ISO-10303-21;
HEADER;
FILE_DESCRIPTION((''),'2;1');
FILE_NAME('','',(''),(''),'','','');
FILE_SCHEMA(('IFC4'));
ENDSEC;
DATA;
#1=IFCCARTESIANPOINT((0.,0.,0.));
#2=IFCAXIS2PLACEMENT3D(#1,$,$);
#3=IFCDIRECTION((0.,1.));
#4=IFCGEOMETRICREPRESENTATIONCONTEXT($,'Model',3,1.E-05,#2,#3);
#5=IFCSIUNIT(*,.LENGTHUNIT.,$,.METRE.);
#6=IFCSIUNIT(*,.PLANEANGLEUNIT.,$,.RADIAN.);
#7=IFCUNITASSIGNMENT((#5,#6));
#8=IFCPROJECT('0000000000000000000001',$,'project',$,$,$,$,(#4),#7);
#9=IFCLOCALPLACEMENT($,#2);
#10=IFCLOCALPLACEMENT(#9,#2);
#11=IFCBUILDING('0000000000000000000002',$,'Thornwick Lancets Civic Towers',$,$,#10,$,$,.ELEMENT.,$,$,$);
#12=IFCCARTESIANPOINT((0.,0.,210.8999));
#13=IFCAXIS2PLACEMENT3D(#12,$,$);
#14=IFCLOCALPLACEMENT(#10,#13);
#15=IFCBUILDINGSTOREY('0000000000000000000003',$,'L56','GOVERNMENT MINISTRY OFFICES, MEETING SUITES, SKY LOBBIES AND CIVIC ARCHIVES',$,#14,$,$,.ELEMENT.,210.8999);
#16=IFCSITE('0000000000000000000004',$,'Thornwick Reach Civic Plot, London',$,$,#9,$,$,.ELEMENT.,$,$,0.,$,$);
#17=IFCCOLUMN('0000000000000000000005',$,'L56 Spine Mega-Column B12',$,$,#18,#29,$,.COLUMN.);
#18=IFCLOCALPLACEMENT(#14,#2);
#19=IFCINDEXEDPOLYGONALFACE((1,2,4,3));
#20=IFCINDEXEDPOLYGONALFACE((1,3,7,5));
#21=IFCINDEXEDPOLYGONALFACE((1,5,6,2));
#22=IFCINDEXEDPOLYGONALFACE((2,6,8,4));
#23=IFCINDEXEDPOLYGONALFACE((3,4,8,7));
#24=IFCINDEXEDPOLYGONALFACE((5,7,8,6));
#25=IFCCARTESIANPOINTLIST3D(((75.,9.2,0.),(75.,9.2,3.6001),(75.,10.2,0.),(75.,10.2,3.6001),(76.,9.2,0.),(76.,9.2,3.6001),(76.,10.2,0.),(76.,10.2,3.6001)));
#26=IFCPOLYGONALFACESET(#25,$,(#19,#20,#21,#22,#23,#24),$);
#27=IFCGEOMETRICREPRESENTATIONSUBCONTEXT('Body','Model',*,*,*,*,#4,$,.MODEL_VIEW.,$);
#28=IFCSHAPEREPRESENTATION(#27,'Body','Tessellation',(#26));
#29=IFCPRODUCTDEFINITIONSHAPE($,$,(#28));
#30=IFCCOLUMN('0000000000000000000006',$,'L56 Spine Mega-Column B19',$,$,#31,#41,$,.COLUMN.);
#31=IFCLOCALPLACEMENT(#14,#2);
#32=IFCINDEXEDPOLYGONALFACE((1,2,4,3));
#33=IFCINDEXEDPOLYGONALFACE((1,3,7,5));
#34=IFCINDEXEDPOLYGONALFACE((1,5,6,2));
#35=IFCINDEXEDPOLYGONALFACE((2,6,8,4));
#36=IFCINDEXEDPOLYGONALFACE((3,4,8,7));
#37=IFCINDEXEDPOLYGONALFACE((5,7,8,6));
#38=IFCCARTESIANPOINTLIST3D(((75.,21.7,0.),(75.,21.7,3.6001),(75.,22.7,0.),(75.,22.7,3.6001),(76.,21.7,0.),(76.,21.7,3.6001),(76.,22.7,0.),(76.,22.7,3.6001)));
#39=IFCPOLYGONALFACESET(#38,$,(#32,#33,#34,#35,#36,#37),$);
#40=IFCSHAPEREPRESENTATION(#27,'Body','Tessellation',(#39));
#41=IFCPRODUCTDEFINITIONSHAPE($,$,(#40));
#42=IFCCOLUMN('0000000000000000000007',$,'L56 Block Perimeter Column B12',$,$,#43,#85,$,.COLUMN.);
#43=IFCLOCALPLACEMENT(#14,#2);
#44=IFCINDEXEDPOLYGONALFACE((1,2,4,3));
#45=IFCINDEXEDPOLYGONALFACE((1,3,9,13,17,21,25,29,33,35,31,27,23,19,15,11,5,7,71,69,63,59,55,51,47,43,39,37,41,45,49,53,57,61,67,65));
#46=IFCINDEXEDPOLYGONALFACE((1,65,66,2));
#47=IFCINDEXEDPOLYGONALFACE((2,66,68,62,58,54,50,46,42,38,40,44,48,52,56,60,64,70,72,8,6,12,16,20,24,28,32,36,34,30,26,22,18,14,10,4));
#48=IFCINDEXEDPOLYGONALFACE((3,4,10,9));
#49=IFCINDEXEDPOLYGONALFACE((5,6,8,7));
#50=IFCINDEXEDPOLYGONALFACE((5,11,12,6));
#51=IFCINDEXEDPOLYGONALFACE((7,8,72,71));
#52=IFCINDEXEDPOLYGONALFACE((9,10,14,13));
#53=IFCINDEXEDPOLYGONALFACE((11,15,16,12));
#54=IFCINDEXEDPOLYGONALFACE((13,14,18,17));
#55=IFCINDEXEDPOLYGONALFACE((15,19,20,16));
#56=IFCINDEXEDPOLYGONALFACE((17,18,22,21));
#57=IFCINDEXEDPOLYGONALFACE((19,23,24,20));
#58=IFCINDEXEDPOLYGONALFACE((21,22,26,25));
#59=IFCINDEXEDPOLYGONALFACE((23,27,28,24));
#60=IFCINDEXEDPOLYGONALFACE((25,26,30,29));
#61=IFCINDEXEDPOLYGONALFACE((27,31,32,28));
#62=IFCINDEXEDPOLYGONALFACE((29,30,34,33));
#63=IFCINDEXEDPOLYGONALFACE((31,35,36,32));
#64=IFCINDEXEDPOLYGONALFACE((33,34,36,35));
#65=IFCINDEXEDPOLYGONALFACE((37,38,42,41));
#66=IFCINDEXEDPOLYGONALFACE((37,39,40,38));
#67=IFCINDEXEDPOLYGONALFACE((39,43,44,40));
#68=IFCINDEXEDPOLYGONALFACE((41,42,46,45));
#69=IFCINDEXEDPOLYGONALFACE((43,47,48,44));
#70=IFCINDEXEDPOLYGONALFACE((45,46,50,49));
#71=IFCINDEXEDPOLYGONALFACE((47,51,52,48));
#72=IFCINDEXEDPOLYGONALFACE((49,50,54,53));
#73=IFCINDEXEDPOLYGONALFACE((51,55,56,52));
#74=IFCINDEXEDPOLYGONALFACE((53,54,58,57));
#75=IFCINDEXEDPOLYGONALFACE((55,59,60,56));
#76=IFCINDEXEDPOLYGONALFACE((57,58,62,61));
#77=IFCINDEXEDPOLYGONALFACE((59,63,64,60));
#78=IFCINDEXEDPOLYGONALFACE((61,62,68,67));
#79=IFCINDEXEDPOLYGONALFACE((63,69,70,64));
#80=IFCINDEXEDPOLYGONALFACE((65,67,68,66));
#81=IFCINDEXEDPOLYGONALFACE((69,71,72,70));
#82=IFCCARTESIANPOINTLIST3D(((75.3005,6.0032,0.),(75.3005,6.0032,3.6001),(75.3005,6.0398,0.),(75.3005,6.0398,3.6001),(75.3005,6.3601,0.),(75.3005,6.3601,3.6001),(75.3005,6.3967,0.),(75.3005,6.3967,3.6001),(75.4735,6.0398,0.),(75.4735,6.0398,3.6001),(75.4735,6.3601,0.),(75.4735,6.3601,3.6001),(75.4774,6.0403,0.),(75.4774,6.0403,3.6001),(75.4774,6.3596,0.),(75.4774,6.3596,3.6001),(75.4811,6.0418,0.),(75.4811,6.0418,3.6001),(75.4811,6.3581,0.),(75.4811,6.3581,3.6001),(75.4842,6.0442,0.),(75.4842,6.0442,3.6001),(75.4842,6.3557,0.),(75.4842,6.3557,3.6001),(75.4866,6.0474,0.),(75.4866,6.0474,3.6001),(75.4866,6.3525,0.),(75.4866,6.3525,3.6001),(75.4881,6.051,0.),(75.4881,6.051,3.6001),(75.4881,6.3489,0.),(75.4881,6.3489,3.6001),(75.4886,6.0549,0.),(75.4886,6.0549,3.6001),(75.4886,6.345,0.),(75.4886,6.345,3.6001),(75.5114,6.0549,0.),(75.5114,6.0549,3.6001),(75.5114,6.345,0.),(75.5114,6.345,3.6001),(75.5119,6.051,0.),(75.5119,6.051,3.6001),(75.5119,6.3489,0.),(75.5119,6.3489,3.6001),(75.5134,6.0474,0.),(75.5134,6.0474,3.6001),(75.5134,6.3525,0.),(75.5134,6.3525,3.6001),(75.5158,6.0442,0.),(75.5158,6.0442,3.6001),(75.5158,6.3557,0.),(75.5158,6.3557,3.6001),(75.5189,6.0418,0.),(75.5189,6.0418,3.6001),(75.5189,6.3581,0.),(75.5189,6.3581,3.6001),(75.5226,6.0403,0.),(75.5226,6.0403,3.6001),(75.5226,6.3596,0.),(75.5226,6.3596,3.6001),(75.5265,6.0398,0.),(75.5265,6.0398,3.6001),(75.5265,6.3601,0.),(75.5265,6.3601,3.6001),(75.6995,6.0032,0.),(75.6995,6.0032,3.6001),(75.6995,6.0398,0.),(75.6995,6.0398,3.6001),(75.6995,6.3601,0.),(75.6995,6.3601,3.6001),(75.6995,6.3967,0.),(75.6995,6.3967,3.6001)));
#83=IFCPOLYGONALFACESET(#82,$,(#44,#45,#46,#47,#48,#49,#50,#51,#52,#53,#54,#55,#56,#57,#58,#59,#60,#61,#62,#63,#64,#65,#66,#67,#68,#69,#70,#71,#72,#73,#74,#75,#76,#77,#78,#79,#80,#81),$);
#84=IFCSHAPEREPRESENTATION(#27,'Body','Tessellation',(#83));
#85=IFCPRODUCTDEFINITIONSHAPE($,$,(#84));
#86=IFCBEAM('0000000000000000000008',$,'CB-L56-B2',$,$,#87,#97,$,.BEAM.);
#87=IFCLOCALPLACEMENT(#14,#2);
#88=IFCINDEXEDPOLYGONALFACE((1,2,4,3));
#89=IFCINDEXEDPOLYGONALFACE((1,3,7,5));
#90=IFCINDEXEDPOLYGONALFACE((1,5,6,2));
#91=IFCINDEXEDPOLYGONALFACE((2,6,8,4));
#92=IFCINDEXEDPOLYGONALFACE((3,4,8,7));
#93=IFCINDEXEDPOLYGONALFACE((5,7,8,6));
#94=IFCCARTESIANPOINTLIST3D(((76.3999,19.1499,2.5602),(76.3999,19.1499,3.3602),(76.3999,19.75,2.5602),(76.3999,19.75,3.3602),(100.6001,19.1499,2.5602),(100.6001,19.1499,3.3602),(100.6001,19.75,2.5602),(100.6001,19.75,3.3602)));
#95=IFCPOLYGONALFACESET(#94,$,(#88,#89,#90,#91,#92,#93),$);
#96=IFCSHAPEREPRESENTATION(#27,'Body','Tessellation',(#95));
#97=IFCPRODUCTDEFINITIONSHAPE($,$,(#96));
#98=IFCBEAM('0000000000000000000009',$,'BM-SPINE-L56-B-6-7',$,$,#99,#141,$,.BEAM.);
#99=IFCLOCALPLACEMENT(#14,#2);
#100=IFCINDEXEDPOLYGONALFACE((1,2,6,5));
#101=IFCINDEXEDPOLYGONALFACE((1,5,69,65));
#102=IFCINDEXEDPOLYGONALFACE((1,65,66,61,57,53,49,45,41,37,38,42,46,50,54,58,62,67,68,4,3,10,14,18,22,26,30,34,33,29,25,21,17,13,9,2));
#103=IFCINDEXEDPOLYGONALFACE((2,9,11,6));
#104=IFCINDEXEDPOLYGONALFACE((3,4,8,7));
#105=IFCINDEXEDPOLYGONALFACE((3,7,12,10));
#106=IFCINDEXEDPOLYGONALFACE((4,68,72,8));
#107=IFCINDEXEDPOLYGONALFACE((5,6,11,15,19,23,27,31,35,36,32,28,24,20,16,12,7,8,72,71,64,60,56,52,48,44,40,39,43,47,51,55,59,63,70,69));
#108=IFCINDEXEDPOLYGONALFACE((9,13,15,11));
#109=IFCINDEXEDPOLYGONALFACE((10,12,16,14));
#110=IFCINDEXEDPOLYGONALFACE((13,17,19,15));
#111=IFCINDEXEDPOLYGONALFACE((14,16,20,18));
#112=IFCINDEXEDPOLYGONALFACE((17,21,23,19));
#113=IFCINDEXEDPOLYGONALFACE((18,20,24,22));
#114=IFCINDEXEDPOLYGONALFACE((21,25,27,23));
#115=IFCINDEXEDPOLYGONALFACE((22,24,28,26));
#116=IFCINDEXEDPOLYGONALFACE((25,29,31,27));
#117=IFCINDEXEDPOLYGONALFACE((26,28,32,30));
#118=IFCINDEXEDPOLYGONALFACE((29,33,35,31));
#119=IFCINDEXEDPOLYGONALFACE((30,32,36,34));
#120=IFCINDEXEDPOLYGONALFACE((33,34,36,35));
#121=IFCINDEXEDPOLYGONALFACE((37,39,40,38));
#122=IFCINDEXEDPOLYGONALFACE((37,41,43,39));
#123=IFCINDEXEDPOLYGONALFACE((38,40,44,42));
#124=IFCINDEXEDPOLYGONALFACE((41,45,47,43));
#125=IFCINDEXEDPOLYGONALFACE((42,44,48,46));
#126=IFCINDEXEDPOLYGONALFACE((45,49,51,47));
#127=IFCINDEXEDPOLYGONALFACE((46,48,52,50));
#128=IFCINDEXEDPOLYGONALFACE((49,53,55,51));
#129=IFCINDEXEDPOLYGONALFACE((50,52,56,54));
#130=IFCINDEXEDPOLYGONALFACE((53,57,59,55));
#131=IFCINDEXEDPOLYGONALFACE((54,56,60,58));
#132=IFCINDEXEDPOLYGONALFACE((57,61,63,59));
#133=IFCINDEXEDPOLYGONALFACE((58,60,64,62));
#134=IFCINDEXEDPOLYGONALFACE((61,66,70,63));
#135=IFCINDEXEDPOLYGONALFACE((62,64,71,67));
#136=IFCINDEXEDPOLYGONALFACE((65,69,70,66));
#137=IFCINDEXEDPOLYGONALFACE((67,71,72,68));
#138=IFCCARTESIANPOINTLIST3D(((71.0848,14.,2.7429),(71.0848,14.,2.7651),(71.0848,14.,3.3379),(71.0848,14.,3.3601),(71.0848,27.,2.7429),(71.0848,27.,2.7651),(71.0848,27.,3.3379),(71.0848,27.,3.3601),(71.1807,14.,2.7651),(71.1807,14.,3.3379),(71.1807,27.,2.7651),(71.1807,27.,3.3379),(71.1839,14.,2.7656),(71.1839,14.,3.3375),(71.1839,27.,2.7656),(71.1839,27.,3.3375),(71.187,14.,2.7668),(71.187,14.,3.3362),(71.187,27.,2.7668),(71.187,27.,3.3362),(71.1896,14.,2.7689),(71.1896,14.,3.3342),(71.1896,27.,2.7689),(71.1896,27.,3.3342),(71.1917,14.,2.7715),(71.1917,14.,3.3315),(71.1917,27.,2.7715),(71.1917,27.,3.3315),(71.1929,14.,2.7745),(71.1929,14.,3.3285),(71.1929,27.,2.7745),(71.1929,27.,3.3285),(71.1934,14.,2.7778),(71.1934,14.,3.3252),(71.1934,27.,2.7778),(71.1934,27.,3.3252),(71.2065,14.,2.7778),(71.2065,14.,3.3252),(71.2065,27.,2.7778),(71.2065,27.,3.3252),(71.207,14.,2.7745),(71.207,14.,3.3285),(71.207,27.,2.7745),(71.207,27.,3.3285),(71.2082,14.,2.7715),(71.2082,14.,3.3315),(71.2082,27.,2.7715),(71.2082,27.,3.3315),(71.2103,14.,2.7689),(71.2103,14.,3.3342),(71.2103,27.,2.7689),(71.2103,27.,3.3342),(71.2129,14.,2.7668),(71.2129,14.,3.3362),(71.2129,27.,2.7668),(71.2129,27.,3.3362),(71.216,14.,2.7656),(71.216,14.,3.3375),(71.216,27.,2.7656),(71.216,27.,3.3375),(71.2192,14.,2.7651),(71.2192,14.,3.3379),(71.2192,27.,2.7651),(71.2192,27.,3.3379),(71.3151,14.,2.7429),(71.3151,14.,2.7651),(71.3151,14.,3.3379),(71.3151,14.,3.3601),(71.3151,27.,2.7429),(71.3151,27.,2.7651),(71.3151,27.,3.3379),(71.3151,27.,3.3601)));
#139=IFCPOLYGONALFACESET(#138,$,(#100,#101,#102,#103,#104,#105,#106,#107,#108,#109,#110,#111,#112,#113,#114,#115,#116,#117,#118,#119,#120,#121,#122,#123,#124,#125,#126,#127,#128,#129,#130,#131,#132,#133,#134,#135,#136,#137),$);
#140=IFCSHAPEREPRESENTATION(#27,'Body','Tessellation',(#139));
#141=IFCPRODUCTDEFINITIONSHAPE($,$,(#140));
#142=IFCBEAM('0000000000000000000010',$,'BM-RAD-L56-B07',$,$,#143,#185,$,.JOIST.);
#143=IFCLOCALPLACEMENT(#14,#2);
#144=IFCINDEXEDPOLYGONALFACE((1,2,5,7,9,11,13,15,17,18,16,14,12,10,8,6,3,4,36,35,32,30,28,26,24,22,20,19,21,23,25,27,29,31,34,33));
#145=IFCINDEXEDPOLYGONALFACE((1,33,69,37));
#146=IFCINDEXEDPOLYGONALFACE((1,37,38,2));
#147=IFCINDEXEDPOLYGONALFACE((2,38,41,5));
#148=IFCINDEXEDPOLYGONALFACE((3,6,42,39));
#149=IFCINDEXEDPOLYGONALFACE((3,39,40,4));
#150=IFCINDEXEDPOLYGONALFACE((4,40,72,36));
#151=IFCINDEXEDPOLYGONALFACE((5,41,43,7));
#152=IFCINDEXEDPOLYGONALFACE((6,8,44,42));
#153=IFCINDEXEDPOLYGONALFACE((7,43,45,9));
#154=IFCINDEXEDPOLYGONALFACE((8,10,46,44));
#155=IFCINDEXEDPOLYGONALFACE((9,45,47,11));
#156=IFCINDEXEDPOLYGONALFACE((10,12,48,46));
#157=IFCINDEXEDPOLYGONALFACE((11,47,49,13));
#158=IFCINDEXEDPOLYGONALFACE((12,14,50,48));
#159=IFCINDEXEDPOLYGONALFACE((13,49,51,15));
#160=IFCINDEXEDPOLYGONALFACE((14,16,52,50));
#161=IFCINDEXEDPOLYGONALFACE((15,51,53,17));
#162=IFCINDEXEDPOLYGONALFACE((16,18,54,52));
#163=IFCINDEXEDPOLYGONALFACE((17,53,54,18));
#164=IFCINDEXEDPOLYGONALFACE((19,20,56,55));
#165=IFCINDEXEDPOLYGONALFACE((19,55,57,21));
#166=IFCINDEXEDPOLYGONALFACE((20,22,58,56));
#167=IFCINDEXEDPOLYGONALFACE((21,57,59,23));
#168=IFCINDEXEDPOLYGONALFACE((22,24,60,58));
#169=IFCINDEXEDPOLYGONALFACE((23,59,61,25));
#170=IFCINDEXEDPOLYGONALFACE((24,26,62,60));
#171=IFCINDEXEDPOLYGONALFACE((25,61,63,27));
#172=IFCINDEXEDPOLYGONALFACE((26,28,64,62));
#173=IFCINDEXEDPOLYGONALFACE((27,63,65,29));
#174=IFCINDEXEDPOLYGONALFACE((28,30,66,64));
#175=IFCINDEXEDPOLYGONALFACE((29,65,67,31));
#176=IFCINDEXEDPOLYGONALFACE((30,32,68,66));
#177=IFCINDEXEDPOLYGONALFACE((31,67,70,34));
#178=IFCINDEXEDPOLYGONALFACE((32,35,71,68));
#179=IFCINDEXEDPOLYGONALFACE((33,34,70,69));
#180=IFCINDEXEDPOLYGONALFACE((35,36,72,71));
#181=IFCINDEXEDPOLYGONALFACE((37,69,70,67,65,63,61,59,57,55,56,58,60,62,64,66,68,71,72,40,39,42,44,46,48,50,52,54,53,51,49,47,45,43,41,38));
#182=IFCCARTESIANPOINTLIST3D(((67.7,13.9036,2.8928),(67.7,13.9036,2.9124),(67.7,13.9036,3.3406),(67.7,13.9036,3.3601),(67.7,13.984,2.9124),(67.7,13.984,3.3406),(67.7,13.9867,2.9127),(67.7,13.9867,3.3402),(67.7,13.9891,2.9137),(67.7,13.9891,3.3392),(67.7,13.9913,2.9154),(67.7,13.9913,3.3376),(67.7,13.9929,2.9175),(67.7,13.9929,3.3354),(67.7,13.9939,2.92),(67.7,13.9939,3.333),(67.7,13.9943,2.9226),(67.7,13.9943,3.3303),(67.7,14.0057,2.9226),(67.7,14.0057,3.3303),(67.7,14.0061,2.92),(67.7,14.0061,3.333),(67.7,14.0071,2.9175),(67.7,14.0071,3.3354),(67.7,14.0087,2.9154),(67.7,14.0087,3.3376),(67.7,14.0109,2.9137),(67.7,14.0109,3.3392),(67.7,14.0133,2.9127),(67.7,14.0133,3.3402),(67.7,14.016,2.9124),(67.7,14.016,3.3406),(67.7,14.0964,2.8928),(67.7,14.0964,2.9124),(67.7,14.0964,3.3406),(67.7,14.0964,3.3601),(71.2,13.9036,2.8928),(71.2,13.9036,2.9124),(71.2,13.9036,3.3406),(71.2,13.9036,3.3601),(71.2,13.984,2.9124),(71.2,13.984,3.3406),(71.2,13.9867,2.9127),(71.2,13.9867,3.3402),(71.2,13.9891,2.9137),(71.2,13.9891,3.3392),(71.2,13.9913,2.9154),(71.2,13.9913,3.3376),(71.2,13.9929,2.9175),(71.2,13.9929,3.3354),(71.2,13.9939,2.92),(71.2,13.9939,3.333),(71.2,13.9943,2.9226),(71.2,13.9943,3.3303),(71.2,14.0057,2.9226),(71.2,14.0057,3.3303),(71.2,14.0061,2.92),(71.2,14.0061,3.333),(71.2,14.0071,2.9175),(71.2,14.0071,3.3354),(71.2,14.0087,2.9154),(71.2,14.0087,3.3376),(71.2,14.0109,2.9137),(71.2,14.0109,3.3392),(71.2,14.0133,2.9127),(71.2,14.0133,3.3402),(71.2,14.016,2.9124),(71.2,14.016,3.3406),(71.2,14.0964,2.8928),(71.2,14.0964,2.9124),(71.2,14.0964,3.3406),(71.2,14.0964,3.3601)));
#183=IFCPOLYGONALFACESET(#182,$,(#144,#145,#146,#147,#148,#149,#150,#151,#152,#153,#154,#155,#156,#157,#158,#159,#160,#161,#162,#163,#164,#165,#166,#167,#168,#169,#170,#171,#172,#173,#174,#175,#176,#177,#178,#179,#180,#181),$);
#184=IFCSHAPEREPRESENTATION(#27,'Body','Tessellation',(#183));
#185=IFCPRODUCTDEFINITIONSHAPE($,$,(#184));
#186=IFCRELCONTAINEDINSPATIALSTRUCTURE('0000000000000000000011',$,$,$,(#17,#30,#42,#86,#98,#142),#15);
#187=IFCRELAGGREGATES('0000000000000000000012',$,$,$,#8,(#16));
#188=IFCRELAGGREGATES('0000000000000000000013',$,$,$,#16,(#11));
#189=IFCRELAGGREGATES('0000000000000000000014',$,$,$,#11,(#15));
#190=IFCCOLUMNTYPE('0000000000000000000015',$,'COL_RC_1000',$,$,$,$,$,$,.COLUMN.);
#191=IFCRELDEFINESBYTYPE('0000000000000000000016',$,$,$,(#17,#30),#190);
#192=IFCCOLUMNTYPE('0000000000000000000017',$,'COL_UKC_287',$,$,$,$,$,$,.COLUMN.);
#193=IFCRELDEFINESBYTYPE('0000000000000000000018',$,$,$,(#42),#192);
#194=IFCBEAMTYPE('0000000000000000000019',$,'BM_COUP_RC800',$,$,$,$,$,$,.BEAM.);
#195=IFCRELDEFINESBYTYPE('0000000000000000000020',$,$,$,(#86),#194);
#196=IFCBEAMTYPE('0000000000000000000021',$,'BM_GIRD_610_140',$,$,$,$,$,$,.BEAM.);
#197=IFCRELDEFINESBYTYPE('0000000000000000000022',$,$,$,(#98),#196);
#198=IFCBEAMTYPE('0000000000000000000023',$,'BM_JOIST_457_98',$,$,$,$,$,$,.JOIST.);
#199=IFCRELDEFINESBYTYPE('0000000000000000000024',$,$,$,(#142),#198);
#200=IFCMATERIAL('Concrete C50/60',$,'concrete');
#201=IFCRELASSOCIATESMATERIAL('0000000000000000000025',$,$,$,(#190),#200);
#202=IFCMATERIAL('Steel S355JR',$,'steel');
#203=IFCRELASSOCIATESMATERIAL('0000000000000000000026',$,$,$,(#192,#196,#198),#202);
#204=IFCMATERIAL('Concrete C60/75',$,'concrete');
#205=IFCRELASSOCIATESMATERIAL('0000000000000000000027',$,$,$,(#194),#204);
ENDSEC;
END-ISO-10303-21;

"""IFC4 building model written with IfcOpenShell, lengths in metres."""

from ifc_helpers import new_model, si_unit, direction, frame, origin, origin_2d, place, context, subcontext, project, spatial, rectangle, i_section, extrude, material, material_profile, profile_set, type_object, element, save


model = new_model("IFC4")

# Units and contexts
model_context = context("Model", 3, precision=1e-05, world=origin(), true_north=direction((0.0, 1.0)))
body_context = subcontext(model_context, "Body", "Model", "MODEL_VIEW")
ifc_project = project(units=[si_unit("LENGTHUNIT", "METRE"), si_unit("PLANEANGLEUNIT", "RADIAN")], contexts=[model_context])

# Site, building, storey
site_placement = place(None, origin())
site = spatial("IfcSite", under=ifc_project, at=site_placement, Name="Thornwick Reach Civic Plot, London", CompositionType="ELEMENT", RefElevation=0.0)
building_placement = place(site_placement, origin())
building = spatial("IfcBuilding", under=site, at=building_placement, Name="Thornwick Lancets Civic Towers", CompositionType="ELEMENT")
storey_placement = place(building_placement, frame((0.0, 0.0, 210.8999)))
storey = spatial("IfcBuildingStorey", under=building, at=storey_placement, Name="L56", Description="GOVERNMENT MINISTRY OFFICES, MEETING SUITES, SKY LOBBIES AND CIVIC ARCHIVES", CompositionType="ELEMENT", Elevation=210.8999)

# Columns
ifc_material_1 = material(Name="Concrete C50/60", Category="concrete")
ifc_material_profile_1 = material_profile(ifc_material_1, rectangle(XDim=1.0, YDim=1.0, at=origin_2d()), Name="RC 1000x1000")
ifc_profile_set_1 = profile_set([ifc_material_profile_1], Name="Concrete C50/60")
column_type_1 = type_object("IfcColumnType", Name="COL_RC_1000", PredefinedType="COLUMN", material=ifc_profile_set_1)
for number, where, z_axis, x_axis, name in (
    (1, (75.5, 9.7, 0.0), (0.0, 0.0, 1.0), (1.0, 0.0, 0.0), "L56 Spine Mega-Column B12"),
    (2, (75.5, 22.2, 0.0), (0.0, 0.0, 1.0), (1.0, 0.0, 0.0), "L56 Spine Mega-Column B19"),
):
    element("IfcColumn", number, at=place(storey_placement, frame(where, z_axis=z_axis, x_axis=x_axis)), inside=storey, type_object=column_type_1, Name=name, PredefinedType="COLUMN", context=body_context, shape_type="SweptSolid", body=[
        extrude(rectangle(XDim=1.0, YDim=1.0, at=origin_2d()), origin(), (0.0, 0.0, 1.0), 3.6001),
    ])
ifc_material_2 = material(Name="Steel S355JR", Category="steel")
ifc_material_profile_2 = material_profile(ifc_material_2, i_section(OverallWidth=0.3989, OverallDepth=0.3936, WebThickness=0.0227, FlangeThickness=0.0366, FilletRadius=0.0151, at=origin_2d()), Name="UKC 356x406x287")
ifc_profile_set_2 = profile_set([ifc_material_profile_2], Name="Steel S355JR")
column_type_2 = type_object("IfcColumnType", Name="COL_UKC_287", PredefinedType="COLUMN", material=ifc_profile_set_2)
column_placement = place(storey_placement, frame((75.5, 6.2, 0.0), z_axis=(0.0, 0.0, 1.0), x_axis=(1.0, 0.0, 0.0)))
element("IfcColumn", 3, at=column_placement, inside=storey, type_object=column_type_2, Name="L56 Block Perimeter Column B12", PredefinedType="COLUMN", context=body_context, shape_type="SweptSolid", body=[
    extrude(i_section(OverallWidth=0.3989, OverallDepth=0.3936, WebThickness=0.0227, FlangeThickness=0.0366, FilletRadius=0.0151, at=origin_2d()), origin(), (0.0, 0.0, 1.0), 3.6001),
])

# Beams
ifc_material_3 = material(Name="Concrete C60/75", Category="concrete")
ifc_material_profile_3 = material_profile(ifc_material_3, rectangle(XDim=0.6001, YDim=0.8, at=origin_2d()), Name="RC 600x800")
ifc_profile_set_3 = profile_set([ifc_material_profile_3], Name="Concrete C60/75")
beam_type_1 = type_object("IfcBeamType", Name="BM_COUP_RC800", PredefinedType="BEAM", material=ifc_profile_set_3)
beam_1_placement = place(storey_placement, frame((76.3999, 19.45, 2.9602), z_axis=(1.0, 0.0, 0.0), x_axis=(0.0, 1.0, 0.0)))
element("IfcBeam", 4, at=beam_1_placement, inside=storey, type_object=beam_type_1, Name="CB-L56-B2", PredefinedType="BEAM", context=body_context, shape_type="SweptSolid", body=[
    extrude(rectangle(XDim=0.6001, YDim=0.8, at=origin_2d()), origin(), (0.0, 0.0, 1.0), 24.2002),
])
ifc_material_profile_4 = material_profile(ifc_material_2, i_section(OverallWidth=0.2302, OverallDepth=0.6172, WebThickness=0.0132, FlangeThickness=0.0222, FilletRadius=0.0127, at=origin_2d()), Name="UKB 610x229x140")
ifc_profile_set_4 = profile_set([ifc_material_profile_4], Name="Steel S355JR")
beam_type_2 = type_object("IfcBeamType", Name="BM_GIRD_610_140", PredefinedType="BEAM", material=ifc_profile_set_4)
beam_2_placement = place(storey_placement, frame((71.2, 14.0, 3.0515), z_axis=(0.0, 1.0, 0.0), x_axis=(-1.0, 0.0, 0.0)))
element("IfcBeam", 5, at=beam_2_placement, inside=storey, type_object=beam_type_2, Name="BM-SPINE-L56-B-6-7", PredefinedType="BEAM", context=body_context, shape_type="SweptSolid", body=[
    extrude(i_section(OverallWidth=0.2302, OverallDepth=0.6172, WebThickness=0.0132, FlangeThickness=0.0222, FilletRadius=0.0127, at=origin_2d()), origin(), (0.0, 0.0, 1.0), 13.0),
])
ifc_material_profile_5 = material_profile(ifc_material_2, i_section(OverallWidth=0.1929, OverallDepth=0.4673, WebThickness=0.0115, FlangeThickness=0.0195, FilletRadius=0.0103, at=origin_2d()), Name="UKB 457x191x98")
ifc_profile_set_5 = profile_set([ifc_material_profile_5], Name="Steel S355JR")
beam_type_3 = type_object("IfcBeamType", Name="BM_JOIST_457_98", PredefinedType="JOIST", material=ifc_profile_set_5)
for number, where, z_axis, x_axis, name in (
    (6, (71.2, 14.0, 3.1265), (-1.0, 0.0, 0.0), (0.0, -1.0, 0.0), "BM-RAD-L56-B07"),
):
    element("IfcBeam", number, at=place(storey_placement, frame(where, z_axis=z_axis, x_axis=x_axis)), inside=storey, type_object=beam_type_3, Name=name, PredefinedType="JOIST", context=body_context, shape_type="SweptSolid", body=[
        extrude(i_section(OverallWidth=0.1929, OverallDepth=0.4673, WebThickness=0.0115, FlangeThickness=0.0195, FilletRadius=0.0103, at=origin_2d()), origin(), (0.0, 0.0, 1.0), 3.5),
    ])

save(model, "model.ifc")
